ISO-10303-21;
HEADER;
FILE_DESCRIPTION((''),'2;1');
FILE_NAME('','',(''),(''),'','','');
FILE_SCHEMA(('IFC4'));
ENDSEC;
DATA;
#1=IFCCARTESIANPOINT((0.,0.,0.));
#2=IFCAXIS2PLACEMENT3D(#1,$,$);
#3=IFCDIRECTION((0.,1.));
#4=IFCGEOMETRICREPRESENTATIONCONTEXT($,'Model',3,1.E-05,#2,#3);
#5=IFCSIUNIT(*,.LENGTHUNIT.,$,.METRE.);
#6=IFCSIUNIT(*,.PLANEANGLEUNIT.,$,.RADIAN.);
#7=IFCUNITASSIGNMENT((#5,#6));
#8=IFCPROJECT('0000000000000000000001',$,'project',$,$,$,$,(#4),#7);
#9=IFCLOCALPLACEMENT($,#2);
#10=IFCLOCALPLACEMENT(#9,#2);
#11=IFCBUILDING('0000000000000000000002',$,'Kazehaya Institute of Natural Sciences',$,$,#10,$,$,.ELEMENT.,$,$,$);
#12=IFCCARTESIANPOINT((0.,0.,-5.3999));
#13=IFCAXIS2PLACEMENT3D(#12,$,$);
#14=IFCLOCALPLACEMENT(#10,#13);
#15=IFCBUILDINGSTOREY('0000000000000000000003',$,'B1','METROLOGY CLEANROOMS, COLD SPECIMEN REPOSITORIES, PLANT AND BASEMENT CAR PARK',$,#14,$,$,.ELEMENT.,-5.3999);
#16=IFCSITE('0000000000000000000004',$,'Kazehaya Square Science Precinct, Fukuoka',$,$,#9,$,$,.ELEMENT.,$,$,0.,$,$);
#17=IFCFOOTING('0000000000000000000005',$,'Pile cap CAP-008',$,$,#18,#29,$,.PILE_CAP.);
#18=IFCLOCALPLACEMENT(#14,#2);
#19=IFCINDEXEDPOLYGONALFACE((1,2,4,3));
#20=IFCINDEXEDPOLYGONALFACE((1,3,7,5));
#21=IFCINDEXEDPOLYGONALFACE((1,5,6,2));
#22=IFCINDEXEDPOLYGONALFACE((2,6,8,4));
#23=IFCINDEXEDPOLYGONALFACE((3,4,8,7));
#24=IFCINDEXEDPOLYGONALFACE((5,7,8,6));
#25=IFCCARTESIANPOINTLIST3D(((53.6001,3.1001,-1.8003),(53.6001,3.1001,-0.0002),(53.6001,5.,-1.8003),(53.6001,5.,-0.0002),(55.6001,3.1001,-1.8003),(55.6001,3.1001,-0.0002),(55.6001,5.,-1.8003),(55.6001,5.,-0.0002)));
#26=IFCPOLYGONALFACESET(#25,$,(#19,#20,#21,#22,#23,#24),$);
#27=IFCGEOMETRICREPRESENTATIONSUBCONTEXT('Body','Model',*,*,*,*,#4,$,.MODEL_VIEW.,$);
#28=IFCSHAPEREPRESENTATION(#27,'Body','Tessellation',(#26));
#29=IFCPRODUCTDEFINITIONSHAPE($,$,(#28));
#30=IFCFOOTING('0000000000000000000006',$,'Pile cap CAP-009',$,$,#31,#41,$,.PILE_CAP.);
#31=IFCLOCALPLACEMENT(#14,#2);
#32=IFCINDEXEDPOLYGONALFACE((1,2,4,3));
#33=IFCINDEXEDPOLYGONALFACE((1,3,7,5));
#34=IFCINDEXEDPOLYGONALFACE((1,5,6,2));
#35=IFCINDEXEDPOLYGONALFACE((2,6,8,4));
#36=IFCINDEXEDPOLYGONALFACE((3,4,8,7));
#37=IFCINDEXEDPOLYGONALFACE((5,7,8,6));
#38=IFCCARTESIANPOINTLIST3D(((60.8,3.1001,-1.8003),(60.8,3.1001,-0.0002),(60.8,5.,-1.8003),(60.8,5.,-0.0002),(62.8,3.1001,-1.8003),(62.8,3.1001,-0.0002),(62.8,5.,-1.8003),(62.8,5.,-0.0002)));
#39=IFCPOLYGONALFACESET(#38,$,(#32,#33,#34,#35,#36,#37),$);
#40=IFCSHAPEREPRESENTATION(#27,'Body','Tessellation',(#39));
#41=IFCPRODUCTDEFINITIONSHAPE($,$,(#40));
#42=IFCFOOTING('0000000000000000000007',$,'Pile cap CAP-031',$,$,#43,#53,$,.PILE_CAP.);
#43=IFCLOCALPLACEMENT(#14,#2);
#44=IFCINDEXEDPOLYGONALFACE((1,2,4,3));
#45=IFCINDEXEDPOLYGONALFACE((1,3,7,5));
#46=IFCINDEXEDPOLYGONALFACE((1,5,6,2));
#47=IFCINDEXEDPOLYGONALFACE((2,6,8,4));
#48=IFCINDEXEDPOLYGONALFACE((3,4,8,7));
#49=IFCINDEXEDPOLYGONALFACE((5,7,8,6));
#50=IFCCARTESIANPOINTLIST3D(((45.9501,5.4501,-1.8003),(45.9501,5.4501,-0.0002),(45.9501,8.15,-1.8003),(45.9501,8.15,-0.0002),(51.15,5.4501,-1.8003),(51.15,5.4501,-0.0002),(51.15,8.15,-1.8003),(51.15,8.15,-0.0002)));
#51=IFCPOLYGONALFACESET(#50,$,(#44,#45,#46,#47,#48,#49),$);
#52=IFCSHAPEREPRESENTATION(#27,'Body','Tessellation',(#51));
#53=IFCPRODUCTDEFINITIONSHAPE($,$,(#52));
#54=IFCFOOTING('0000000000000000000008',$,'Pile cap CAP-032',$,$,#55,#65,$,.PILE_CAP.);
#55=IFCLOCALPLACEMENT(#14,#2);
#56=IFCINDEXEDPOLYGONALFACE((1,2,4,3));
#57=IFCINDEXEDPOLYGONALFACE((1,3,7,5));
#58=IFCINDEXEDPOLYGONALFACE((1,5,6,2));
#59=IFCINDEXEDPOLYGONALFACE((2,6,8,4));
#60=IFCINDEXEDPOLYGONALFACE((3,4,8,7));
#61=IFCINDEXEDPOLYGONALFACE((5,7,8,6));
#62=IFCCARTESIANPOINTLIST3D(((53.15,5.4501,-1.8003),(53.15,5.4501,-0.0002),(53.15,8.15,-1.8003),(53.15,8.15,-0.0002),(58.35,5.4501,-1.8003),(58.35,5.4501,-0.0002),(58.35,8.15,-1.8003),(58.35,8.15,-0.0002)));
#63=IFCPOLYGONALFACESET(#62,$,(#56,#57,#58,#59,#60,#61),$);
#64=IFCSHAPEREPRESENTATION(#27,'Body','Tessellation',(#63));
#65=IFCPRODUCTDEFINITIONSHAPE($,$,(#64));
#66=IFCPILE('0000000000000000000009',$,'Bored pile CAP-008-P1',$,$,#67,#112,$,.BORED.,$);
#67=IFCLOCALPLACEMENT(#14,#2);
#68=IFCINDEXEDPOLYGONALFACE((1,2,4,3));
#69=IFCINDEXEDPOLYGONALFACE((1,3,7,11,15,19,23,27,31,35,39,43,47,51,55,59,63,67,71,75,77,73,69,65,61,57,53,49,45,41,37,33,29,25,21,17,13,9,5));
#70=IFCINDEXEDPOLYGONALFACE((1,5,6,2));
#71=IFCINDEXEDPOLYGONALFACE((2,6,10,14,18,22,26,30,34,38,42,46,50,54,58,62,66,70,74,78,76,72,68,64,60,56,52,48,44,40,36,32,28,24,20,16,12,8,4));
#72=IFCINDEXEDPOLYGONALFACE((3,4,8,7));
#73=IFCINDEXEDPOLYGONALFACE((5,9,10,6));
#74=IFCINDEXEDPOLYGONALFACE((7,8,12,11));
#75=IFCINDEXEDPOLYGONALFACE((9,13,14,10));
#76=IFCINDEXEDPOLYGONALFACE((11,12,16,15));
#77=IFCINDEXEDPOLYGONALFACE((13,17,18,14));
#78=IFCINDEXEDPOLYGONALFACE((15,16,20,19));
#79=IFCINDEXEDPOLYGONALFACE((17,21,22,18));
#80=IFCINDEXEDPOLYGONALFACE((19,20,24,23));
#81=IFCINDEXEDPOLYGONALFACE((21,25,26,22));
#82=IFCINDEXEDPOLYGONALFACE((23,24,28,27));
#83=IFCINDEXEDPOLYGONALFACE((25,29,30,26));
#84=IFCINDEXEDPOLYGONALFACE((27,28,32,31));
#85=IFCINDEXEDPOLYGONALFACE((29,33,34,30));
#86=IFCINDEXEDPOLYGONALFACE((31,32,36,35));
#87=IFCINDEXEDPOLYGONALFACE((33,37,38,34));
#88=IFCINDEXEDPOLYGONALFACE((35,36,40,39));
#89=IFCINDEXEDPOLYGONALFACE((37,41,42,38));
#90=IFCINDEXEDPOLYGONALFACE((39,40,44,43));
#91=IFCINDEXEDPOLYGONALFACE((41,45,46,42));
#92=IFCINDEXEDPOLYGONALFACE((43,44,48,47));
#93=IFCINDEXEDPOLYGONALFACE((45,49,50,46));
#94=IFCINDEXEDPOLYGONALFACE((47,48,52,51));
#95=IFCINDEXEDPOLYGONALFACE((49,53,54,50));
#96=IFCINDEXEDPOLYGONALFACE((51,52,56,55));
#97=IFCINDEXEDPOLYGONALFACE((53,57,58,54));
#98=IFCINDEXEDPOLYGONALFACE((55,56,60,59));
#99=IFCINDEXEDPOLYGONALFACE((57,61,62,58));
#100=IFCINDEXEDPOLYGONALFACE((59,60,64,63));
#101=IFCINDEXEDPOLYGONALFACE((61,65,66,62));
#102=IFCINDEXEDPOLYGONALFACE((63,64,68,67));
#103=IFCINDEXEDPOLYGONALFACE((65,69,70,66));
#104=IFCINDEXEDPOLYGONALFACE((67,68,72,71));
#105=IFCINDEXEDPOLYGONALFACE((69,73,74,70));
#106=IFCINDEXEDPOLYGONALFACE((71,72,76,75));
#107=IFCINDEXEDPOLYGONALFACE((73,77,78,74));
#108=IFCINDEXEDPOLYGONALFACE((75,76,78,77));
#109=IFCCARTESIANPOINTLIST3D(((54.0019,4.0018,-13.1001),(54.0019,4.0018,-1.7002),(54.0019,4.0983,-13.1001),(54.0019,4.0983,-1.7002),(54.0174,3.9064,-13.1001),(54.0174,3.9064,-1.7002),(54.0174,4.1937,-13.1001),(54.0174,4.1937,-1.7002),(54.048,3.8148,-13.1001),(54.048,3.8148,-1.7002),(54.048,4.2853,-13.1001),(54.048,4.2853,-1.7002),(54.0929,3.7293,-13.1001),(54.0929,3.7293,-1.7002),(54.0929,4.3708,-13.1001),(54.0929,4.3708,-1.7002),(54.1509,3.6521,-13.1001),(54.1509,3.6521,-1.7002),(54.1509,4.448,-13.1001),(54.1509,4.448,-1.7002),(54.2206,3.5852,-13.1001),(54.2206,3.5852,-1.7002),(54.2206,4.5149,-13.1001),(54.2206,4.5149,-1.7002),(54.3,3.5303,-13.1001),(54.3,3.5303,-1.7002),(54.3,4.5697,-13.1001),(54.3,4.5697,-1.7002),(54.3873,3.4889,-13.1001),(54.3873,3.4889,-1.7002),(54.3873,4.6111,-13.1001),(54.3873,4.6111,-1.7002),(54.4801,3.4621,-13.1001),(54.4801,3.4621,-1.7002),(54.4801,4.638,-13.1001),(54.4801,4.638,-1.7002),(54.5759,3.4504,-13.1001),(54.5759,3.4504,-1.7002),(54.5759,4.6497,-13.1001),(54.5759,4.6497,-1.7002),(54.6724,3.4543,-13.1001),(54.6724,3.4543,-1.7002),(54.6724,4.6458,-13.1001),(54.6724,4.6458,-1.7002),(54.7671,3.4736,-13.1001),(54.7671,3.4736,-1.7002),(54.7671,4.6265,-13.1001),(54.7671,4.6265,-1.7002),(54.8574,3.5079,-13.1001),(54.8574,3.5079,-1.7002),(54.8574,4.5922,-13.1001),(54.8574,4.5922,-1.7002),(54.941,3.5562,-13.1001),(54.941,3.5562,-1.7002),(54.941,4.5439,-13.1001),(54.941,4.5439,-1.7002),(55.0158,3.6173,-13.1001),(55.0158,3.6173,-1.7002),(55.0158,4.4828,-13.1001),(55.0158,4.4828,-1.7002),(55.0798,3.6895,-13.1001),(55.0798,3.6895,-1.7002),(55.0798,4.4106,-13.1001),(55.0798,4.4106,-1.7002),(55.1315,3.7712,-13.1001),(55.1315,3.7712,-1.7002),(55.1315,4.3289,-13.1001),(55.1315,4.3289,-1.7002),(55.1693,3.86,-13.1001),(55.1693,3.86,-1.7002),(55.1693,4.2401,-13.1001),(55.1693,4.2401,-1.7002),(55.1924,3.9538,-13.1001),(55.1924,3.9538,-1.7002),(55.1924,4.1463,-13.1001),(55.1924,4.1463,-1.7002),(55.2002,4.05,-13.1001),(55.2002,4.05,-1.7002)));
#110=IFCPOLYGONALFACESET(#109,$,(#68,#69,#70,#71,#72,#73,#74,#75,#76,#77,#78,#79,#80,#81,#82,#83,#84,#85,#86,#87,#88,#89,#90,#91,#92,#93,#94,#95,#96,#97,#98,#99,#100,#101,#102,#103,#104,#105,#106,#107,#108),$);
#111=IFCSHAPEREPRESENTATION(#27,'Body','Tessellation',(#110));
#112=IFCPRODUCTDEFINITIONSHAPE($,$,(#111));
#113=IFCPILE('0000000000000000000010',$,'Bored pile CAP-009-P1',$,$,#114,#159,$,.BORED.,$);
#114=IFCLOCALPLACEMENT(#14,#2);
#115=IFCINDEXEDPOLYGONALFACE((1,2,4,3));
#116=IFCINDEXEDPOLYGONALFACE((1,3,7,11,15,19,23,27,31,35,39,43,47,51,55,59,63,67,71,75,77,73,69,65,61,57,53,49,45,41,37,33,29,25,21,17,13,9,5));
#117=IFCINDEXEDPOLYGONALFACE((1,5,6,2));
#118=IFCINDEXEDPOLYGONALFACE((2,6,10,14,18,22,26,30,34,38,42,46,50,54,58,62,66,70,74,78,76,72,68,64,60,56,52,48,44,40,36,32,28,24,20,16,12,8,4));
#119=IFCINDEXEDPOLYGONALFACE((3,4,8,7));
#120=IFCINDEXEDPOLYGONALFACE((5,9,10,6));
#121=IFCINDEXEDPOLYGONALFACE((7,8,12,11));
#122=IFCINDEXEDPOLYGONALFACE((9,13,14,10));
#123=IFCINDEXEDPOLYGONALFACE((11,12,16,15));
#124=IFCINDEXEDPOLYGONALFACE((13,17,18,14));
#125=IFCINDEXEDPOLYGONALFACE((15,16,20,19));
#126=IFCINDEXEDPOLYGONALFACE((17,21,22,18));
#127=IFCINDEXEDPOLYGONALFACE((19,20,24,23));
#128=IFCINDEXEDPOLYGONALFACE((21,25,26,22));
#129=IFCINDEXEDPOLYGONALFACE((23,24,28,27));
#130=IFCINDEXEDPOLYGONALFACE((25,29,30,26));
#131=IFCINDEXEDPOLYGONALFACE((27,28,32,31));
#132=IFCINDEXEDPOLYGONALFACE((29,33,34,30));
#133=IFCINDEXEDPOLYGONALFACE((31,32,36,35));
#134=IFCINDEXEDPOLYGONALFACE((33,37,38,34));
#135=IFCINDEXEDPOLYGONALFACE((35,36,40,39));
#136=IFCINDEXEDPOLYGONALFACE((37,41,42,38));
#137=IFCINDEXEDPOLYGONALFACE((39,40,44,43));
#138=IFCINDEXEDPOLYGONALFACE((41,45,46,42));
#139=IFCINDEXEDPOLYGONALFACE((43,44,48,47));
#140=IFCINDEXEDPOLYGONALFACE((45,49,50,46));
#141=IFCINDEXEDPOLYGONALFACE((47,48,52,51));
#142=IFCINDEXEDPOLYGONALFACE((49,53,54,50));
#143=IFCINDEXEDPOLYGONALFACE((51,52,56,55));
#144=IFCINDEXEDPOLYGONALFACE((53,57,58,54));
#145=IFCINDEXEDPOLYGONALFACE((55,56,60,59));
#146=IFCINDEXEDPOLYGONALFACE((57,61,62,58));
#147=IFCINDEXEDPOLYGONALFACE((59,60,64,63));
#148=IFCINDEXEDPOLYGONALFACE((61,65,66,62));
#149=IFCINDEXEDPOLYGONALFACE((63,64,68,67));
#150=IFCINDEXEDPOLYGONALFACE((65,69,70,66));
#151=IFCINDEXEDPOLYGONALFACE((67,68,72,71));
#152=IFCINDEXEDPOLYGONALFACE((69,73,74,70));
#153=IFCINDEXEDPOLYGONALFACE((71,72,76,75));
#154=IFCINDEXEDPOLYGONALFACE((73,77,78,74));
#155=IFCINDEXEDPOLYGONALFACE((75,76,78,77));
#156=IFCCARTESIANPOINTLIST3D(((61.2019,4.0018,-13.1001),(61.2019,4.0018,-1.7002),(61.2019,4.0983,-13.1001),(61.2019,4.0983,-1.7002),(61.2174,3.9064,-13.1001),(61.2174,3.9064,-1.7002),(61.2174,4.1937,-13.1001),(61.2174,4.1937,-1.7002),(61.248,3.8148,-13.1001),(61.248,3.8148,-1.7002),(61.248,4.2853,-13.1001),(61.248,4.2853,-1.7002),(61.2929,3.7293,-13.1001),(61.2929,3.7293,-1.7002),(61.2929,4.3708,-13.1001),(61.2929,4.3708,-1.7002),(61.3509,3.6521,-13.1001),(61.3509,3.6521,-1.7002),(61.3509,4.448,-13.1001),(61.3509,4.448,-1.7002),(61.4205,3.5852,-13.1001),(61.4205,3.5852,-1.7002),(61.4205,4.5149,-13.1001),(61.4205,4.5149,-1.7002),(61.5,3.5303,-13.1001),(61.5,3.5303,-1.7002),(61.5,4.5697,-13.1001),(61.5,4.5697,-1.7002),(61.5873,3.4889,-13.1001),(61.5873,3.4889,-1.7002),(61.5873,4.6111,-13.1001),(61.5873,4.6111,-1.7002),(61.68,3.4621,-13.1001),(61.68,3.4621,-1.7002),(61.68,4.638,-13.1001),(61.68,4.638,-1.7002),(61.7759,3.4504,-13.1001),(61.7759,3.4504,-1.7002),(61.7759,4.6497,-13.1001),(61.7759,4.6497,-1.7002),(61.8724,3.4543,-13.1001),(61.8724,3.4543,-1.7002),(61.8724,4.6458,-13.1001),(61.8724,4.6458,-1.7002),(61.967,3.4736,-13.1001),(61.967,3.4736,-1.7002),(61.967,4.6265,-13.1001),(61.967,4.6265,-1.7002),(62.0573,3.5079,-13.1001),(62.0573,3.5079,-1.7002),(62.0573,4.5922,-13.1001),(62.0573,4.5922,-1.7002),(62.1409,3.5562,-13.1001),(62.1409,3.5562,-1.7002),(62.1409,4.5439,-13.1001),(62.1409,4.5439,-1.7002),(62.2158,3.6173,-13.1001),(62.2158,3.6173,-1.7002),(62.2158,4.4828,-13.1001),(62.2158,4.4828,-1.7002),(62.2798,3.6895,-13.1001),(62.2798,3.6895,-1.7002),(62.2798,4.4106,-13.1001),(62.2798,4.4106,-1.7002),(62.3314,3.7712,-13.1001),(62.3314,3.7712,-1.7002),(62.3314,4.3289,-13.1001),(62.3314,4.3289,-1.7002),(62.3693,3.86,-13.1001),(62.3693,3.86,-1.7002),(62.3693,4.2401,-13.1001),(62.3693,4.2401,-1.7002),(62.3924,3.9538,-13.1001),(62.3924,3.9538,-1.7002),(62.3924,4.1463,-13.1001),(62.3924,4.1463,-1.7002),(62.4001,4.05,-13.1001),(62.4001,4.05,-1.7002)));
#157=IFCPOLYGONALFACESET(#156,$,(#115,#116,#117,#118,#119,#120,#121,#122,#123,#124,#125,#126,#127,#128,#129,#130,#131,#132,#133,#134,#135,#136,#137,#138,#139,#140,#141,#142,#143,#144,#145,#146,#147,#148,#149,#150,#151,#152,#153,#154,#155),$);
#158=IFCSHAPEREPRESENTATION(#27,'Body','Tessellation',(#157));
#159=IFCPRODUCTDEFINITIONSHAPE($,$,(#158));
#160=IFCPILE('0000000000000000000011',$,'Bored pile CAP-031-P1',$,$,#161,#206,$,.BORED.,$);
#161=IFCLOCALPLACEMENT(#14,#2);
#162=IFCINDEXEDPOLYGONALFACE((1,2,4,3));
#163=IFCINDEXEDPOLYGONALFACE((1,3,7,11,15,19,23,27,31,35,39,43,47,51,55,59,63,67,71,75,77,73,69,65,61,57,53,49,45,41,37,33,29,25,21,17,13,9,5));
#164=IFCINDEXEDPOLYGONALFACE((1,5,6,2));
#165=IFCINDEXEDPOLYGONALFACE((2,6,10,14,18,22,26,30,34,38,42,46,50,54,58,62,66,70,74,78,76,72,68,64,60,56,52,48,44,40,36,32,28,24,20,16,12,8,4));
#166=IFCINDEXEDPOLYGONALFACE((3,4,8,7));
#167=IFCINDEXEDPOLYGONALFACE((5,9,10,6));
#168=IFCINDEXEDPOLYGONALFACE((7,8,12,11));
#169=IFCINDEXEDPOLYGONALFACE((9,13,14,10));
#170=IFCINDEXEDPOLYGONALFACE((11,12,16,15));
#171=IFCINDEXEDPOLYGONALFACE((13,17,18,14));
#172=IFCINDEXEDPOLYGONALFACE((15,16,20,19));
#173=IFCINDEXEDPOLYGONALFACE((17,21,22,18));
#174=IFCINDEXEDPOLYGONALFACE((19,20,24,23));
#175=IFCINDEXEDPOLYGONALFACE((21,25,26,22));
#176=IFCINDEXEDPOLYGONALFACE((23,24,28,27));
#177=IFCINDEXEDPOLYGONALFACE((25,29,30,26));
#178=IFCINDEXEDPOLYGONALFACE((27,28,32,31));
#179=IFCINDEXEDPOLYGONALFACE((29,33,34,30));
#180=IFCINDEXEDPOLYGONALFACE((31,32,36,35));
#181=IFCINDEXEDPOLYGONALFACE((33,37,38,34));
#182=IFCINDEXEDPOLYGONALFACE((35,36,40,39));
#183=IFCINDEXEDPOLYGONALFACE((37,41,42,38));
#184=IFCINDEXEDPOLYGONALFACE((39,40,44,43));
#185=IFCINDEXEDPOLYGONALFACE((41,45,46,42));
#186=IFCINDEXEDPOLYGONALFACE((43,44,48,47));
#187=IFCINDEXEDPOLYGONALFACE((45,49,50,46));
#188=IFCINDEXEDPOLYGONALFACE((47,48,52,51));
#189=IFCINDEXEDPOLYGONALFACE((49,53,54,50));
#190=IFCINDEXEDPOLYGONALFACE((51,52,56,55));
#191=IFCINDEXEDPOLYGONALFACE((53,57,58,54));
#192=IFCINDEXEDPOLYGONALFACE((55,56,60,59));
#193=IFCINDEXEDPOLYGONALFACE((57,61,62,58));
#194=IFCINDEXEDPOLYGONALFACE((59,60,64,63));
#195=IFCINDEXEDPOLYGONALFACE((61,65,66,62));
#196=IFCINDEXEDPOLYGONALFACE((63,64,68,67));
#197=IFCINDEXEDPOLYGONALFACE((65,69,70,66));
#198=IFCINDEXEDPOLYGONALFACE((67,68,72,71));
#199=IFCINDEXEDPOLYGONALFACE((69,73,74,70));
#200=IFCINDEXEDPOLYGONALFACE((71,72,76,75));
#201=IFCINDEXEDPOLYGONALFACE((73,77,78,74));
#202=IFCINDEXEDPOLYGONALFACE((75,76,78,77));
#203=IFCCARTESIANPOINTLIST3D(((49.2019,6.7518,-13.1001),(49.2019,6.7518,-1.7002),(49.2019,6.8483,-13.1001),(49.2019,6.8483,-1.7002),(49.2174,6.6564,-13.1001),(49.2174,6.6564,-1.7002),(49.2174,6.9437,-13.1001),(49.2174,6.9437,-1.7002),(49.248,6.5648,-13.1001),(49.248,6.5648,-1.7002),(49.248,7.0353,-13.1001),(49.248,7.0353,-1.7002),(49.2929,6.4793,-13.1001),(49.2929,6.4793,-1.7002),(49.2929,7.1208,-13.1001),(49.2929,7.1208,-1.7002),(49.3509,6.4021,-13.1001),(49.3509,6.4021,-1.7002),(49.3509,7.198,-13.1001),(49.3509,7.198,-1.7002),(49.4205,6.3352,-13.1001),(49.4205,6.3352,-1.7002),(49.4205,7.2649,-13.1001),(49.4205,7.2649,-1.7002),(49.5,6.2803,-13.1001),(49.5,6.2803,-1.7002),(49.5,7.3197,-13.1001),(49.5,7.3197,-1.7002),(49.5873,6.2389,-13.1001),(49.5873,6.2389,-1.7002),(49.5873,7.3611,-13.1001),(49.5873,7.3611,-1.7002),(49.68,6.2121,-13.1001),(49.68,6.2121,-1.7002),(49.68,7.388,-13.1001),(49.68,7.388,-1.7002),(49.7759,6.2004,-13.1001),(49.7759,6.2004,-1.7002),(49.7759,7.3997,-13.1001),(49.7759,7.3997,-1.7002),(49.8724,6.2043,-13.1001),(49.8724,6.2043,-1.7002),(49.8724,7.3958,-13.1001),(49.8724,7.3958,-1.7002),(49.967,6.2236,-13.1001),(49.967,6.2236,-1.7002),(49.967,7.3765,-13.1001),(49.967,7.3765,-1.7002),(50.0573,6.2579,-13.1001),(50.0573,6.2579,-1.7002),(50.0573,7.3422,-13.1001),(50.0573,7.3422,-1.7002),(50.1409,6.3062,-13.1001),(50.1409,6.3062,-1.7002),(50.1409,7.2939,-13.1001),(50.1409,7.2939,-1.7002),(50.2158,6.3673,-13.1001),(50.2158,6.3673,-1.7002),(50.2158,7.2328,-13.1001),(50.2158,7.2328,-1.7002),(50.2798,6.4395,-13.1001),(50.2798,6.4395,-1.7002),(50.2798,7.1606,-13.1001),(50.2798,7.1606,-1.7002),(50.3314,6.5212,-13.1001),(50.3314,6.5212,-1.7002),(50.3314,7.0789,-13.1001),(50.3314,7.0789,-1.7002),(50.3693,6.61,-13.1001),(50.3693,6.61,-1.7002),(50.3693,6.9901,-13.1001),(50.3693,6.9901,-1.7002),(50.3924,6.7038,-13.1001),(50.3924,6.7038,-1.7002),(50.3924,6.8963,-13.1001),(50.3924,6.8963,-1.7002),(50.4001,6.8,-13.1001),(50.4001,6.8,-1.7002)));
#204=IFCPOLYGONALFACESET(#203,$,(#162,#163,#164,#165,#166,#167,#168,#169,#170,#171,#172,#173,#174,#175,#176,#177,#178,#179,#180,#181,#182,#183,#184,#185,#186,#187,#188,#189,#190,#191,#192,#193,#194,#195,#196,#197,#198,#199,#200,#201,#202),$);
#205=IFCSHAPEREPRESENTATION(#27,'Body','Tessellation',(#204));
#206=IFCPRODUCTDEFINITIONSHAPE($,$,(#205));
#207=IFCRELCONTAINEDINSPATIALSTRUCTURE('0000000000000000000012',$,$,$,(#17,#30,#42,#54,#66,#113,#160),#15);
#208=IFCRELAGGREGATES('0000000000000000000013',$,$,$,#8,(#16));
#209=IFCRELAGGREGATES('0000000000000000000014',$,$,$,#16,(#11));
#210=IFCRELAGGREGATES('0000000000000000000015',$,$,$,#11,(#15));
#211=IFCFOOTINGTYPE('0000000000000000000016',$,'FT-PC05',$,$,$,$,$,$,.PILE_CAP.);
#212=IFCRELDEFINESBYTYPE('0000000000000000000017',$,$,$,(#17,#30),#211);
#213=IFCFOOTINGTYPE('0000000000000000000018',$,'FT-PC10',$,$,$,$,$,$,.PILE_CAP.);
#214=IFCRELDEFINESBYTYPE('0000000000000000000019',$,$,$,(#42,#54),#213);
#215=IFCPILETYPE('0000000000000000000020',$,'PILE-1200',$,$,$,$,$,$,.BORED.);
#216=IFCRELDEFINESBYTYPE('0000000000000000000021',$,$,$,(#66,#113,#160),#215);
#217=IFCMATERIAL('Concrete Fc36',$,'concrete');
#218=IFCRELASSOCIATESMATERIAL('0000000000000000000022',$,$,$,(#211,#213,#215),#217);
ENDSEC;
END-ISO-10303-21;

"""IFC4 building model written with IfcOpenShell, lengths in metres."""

from ifc_helpers import new_model, si_unit, direction, frame, origin, origin_2d, place, context, subcontext, project, spatial, rectangle, circle, extrude, material, material_profile, profile_set, type_object, element, save


model = new_model("IFC4")

# Units and contexts
model_context = context("Model", 3, precision=1e-05, world=origin(), true_north=direction((0.0, 1.0)))
body_context = subcontext(model_context, "Body", "Model", "MODEL_VIEW")
ifc_project = project(units=[si_unit("LENGTHUNIT", "METRE"), si_unit("PLANEANGLEUNIT", "RADIAN")], contexts=[model_context])

# Site, building, storey
site_placement = place(None, origin())
site = spatial("IfcSite", under=ifc_project, at=site_placement, Name="Kazehaya Square Science Precinct, Fukuoka", CompositionType="ELEMENT", RefElevation=0.0)
building_placement = place(site_placement, origin())
building = spatial("IfcBuilding", under=site, at=building_placement, Name="Kazehaya Institute of Natural Sciences", CompositionType="ELEMENT")
storey_placement = place(building_placement, frame((0.0, 0.0, -5.3999)))
storey = spatial("IfcBuildingStorey", under=building, at=storey_placement, Name="B1", Description="METROLOGY CLEANROOMS, COLD SPECIMEN REPOSITORIES, PLANT AND BASEMENT CAR PARK", CompositionType="ELEMENT", Elevation=-5.3999)

# Footings
ifc_material_1 = material(Name="Concrete Fc36", Category="concrete")
footing_type_1 = type_object("IfcFootingType", Name="FT-PC05", PredefinedType="PILE_CAP", material=ifc_material_1)
for number, where, z_axis, x_axis, name in (
    (1, (54.6001, 4.05, -1.8003), (0.0, 0.0, 1.0), (1.0, 0.0, 0.0), "Pile cap CAP-008"),
    (2, (61.8, 4.05, -1.8003), (0.0, 0.0, 1.0), (1.0, 0.0, 0.0), "Pile cap CAP-009"),
):
    element("IfcFooting", number, at=place(storey_placement, frame(where, z_axis=z_axis, x_axis=x_axis)), inside=storey, type_object=footing_type_1, Name=name, PredefinedType="PILE_CAP", context=body_context, shape_type="SweptSolid", body=[
        extrude(rectangle(XDim=2.0, YDim=1.8999, at=origin_2d()), origin(), (0.0, 0.0, 1.0), 1.8),
    ])
footing_type_2 = type_object("IfcFootingType", Name="FT-PC10", PredefinedType="PILE_CAP", material=ifc_material_1)
for number, where, z_axis, x_axis, name in (
    (3, (48.55, 6.8, -1.8003), (0.0, 0.0, 1.0), (1.0, 0.0, 0.0), "Pile cap CAP-031"),
    (4, (55.75, 6.8, -1.8003), (0.0, 0.0, 1.0), (1.0, 0.0, 0.0), "Pile cap CAP-032"),
):
    element("IfcFooting", number, at=place(storey_placement, frame(where, z_axis=z_axis, x_axis=x_axis)), inside=storey, type_object=footing_type_2, Name=name, PredefinedType="PILE_CAP", context=body_context, shape_type="SweptSolid", body=[
        extrude(rectangle(XDim=5.2, YDim=2.7, at=origin_2d()), origin(), (0.0, 0.0, 1.0), 1.8),
    ])

# Piles
ifc_material_profile_1 = material_profile(ifc_material_1, circle(Radius=0.6001, at=origin_2d()), Name="PILE-1200")
ifc_profile_set_1 = profile_set([ifc_material_profile_1], Name="Concrete Fc36")
pile_type = type_object("IfcPileType", Name="PILE-1200", PredefinedType="BORED", material=ifc_profile_set_1)
for number, where, z_axis, x_axis, name in (
    (5, (54.6001, 4.05, -1.7002), (0.0, 0.0, -1.0), (1.0, 0.0, 0.0), "Bored pile CAP-008-P1"),
    (6, (61.8, 4.05, -1.7002), (0.0, 0.0, -1.0), (1.0, 0.0, 0.0), "Bored pile CAP-009-P1"),
    (7, (49.8, 6.8, -1.7002), (0.0, 0.0, -1.0), (1.0, 0.0, 0.0), "Bored pile CAP-031-P1"),
):
    element("IfcPile", number, at=place(storey_placement, frame(where, z_axis=z_axis, x_axis=x_axis)), inside=storey, type_object=pile_type, Name=name, PredefinedType="BORED", context=body_context, shape_type="SweptSolid", body=[
        extrude(circle(Radius=0.6001, at=origin_2d()), origin(), (0.0, 0.0, 1.0), 11.3999),
    ])

save(model, "model.ifc")
